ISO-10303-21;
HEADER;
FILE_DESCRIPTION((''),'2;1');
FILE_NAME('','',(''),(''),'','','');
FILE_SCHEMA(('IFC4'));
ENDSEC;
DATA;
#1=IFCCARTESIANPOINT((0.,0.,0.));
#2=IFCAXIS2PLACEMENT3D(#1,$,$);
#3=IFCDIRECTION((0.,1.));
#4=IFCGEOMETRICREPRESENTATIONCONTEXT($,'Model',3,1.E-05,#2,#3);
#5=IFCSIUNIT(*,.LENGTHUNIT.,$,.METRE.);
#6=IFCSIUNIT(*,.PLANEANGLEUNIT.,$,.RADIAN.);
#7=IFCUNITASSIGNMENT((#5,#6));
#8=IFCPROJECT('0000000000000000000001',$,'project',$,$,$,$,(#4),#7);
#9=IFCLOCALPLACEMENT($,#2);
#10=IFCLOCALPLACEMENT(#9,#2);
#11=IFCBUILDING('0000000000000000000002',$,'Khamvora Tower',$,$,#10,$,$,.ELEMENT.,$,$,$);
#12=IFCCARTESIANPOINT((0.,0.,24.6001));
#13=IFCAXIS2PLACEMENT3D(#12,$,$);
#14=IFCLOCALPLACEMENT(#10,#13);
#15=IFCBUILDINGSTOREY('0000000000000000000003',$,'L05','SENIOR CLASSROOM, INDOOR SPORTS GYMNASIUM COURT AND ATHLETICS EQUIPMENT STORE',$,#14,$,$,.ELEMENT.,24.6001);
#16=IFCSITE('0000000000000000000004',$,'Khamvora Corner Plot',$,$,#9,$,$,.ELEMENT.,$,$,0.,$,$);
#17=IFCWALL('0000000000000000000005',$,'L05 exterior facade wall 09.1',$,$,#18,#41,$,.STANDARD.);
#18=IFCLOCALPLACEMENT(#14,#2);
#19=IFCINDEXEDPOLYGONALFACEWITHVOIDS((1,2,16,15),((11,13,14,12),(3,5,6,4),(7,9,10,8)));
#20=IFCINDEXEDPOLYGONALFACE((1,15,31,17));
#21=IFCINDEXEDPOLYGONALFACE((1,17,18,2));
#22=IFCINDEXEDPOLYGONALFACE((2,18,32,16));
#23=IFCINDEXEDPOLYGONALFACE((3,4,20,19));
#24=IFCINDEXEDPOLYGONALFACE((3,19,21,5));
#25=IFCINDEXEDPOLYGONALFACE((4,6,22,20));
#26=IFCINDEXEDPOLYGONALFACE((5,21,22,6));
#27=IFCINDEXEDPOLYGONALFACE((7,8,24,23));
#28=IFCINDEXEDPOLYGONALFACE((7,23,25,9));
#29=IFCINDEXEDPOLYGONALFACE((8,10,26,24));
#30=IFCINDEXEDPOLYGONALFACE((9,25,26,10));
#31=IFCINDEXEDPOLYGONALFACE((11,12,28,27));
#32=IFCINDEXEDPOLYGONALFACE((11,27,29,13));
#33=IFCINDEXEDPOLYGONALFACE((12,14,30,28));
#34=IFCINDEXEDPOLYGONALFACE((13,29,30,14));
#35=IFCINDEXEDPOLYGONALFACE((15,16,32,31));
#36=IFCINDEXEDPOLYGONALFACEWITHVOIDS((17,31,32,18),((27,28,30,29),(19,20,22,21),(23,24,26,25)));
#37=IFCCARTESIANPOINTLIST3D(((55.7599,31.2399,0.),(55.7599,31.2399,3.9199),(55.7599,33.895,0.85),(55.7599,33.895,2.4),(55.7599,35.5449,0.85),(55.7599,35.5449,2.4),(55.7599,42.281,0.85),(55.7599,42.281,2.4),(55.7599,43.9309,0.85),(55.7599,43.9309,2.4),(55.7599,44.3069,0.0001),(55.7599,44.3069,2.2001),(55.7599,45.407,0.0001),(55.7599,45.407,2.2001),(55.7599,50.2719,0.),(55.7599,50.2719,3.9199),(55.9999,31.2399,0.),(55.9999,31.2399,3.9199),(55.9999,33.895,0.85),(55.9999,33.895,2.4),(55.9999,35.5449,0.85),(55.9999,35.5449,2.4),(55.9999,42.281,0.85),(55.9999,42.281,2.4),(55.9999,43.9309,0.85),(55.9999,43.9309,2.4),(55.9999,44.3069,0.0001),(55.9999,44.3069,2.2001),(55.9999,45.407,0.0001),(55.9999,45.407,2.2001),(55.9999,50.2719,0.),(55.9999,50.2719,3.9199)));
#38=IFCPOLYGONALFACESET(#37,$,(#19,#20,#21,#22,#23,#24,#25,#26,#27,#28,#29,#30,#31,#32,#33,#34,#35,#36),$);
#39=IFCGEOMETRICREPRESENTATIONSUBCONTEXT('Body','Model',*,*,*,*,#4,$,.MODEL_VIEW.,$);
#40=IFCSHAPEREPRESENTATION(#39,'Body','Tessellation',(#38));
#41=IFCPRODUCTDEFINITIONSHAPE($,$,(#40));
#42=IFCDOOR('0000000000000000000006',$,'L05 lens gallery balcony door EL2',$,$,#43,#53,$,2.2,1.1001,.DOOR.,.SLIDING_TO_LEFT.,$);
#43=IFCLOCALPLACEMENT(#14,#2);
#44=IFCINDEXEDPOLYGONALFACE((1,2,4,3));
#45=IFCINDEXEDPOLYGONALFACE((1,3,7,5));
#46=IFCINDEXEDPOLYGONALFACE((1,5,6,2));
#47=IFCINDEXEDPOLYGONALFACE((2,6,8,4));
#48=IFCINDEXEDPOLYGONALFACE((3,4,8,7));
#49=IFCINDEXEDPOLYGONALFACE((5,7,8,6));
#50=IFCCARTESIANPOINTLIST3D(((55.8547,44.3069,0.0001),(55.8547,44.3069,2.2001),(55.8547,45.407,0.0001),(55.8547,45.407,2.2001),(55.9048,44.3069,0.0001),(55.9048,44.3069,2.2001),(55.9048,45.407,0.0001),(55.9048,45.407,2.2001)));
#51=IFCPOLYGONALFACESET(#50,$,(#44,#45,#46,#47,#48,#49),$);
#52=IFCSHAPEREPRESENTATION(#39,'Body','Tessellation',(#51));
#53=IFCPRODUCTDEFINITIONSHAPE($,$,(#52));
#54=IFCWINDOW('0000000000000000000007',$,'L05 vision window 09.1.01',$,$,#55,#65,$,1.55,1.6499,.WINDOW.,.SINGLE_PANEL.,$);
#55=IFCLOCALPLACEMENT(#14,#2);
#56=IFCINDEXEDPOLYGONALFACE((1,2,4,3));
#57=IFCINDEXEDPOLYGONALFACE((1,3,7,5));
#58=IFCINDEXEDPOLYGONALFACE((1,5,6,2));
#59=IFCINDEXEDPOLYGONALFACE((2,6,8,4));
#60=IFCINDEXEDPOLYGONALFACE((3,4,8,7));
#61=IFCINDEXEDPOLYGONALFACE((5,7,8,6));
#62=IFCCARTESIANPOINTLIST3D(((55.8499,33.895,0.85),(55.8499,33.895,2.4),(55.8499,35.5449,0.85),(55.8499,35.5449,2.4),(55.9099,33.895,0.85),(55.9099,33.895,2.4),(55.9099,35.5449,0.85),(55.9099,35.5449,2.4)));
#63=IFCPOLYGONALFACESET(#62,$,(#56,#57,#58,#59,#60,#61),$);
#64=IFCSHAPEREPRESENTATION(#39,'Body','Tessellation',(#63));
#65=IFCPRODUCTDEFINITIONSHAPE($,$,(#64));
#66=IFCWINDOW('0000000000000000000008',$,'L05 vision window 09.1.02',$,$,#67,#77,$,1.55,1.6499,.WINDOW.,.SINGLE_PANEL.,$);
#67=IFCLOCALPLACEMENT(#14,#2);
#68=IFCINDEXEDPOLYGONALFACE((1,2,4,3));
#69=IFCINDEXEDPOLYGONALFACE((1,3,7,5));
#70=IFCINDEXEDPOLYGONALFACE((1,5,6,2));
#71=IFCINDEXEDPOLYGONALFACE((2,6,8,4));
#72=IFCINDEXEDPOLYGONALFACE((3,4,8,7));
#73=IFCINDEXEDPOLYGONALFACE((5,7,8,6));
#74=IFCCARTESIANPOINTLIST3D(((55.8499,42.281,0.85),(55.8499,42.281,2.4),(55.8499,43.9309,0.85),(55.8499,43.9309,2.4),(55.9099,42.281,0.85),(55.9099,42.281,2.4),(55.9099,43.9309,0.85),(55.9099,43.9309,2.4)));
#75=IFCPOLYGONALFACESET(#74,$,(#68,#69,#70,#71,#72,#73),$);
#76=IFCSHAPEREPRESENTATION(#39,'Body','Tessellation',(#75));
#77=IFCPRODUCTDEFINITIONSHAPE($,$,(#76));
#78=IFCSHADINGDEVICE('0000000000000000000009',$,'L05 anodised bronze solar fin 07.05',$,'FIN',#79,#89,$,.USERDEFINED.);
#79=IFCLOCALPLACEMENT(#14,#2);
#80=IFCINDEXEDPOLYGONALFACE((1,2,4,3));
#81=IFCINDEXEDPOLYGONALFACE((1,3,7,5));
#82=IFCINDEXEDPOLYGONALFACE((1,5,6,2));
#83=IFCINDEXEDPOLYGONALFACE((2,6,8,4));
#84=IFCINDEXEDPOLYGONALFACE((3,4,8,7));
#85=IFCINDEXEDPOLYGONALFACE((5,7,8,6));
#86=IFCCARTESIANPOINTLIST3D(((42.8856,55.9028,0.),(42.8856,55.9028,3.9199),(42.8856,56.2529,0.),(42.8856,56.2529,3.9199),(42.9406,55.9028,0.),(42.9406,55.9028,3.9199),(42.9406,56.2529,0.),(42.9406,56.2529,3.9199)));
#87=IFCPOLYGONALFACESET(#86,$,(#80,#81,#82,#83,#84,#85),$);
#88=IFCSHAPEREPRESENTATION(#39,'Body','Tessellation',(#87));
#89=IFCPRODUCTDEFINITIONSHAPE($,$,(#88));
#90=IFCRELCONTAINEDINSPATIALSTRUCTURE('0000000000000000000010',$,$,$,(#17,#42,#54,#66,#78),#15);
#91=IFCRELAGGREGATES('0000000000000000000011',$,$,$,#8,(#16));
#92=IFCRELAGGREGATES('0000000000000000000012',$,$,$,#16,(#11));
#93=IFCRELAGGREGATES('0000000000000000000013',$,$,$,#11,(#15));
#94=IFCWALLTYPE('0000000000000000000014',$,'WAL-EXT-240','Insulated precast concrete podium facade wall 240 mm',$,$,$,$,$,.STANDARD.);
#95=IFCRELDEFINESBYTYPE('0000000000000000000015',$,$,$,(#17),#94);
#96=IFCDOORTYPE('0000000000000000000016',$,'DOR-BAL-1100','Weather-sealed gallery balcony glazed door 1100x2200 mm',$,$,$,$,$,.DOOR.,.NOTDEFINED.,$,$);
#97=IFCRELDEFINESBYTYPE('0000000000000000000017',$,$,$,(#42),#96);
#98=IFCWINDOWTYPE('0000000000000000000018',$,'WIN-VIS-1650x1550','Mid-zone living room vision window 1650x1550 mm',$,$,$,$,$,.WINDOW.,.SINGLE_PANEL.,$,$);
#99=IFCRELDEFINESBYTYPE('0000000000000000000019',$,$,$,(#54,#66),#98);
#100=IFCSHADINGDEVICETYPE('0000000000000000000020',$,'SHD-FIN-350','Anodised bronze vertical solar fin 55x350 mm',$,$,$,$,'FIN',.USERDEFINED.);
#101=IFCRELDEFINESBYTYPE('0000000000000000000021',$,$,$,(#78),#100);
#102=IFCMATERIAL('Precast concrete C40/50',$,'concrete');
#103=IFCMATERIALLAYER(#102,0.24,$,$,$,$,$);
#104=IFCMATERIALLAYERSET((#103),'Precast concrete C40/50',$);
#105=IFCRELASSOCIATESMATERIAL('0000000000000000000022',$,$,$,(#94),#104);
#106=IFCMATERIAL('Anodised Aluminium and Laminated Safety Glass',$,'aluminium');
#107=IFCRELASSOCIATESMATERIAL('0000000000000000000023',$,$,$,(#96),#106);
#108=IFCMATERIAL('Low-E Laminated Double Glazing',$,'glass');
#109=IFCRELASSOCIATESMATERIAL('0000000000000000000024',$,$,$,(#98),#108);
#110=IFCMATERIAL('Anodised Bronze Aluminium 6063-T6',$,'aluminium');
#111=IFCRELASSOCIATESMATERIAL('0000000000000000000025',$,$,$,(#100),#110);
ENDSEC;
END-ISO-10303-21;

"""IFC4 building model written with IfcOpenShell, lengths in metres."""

from ifc_helpers import new_model, si_unit, direction, frame, frame_2d, origin, origin_2d, place, context, subcontext, project, spatial, rectangle, extrude, material, layer, layer_set, type_object, element, fill, save


model = new_model("IFC4")

# Units and contexts
model_context = context("Model", 3, precision=1e-05, world=origin(), true_north=direction((0.0, 1.0)))
body_context = subcontext(model_context, "Body", "Model", "MODEL_VIEW")
ifc_project = project(units=[si_unit("LENGTHUNIT", "METRE"), si_unit("PLANEANGLEUNIT", "RADIAN")], contexts=[model_context])

# Site, building, storey
site_placement = place(None, origin())
site = spatial("IfcSite", under=ifc_project, at=site_placement, Name="Khamvora Corner Plot", CompositionType="ELEMENT", RefElevation=0.0)
building_placement = place(site_placement, origin())
building = spatial("IfcBuilding", under=site, at=building_placement, Name="Khamvora Tower", CompositionType="ELEMENT")
storey_placement = place(building_placement, frame((0.0, 0.0, 24.6001)))
storey = spatial("IfcBuildingStorey", under=building, at=storey_placement, Name="L05", Description="SENIOR CLASSROOM, INDOOR SPORTS GYMNASIUM COURT AND ATHLETICS EQUIPMENT STORE", CompositionType="ELEMENT", Elevation=24.6001)

# Shared definitions
ifc_material_1 = material(Name="Low-E Laminated Double Glazing", Category="glass")

# Shared definitions
ifc_material_2 = material(Name="Precast concrete C40/50", Category="concrete")
ifc_layer_1 = layer(ifc_material_2, 0.24)
ifc_layer_set_1 = layer_set([ifc_layer_1], Name="Precast concrete C40/50")
wall_type = type_object("IfcWallType", Name="WAL-EXT-240", Description="Insulated precast concrete podium facade wall 240 mm", PredefinedType="STANDARD", material=ifc_layer_set_1)

# Wall, openings, door, windows
wall_1_placement = place(storey_placement, frame((55.8799, 50.272, 0.0), z_axis=(0.0, 0.0, 1.0), x_axis=(0.0, -1.0, 0.0)))
wall_1 = element("IfcWall", 1, at=wall_1_placement, inside=storey, type_object=wall_type, Name="L05 exterior facade wall 09.1", PredefinedType="STANDARD", context=body_context, shape_type="SweptSolid", body=[
    extrude(rectangle(XDim=19.032, YDim=0.24, at=frame_2d((9.5161, 0.0))), origin(), (0.0, 0.0, 1.0), 3.9199),
])
opening_1_placement = place(wall_1_placement, frame((4.865, 0.0, 0.0)))
opening_1 = element("IfcOpeningElement", 2, at=opening_1_placement, cuts=wall_1, PredefinedType="OPENING", context=body_context, shape_type="SweptSolid", body=[
    extrude(rectangle(XDim=1.1001, YDim=2.2, at=frame_2d((0.55, 1.1001))), frame((0.0, 0.1299, 0.0), z_axis=(0.0, -1.0, 0.0), x_axis=(1.0, 0.0, 0.0)), (0.0, 0.0, 1.0), 0.26),
])
opening_2_placement = place(wall_1_placement, frame((14.7271, 0.0, 0.8501)))
opening_2 = element("IfcOpeningElement", 3, at=opening_2_placement, cuts=wall_1, PredefinedType="OPENING", context=body_context, shape_type="SweptSolid", body=[
    extrude(rectangle(XDim=1.6499, YDim=1.55, at=frame_2d((0.825, 0.7749))), frame((0.0, 0.1299, 0.0), z_axis=(0.0, -1.0, 0.0), x_axis=(1.0, 0.0, 0.0)), (0.0, 0.0, 1.0), 0.26),
])
opening_3_placement = place(wall_1_placement, frame((6.3411, 0.0, 0.8501)))
opening_3 = element("IfcOpeningElement", 4, at=opening_3_placement, cuts=wall_1, PredefinedType="OPENING", context=body_context, shape_type="SweptSolid", body=[
    extrude(rectangle(XDim=1.6499, YDim=1.55, at=frame_2d((0.825, 0.7749))), frame((0.0, 0.1299, 0.0), z_axis=(0.0, -1.0, 0.0), x_axis=(1.0, 0.0, 0.0)), (0.0, 0.0, 1.0), 0.26),
])
ifc_material_3 = material(Name="Anodised Aluminium and Laminated Safety Glass", Category="aluminium")
door_type = type_object("IfcDoorType", Name="DOR-BAL-1100", Description="Weather-sealed gallery balcony glazed door 1100x2200 mm", OperationType="NOTDEFINED", PredefinedType="DOOR", material=ifc_material_3)
door_placement = place(opening_1_placement, origin())
door = element("IfcDoor", 5, at=door_placement, inside=storey, type_object=door_type, Name="L05 lens gallery balcony door EL2", OperationType="SLIDING_TO_LEFT", OverallHeight=2.2, OverallWidth=1.1001, PredefinedType="DOOR", context=body_context, shape_type="SweptSolid", body=[
    extrude(rectangle(XDim=1.1001, YDim=2.2, at=frame_2d((0.55, 1.1001))), frame((0.0, 0.0249, 0.0), z_axis=(0.0, -1.0, 0.0), x_axis=(1.0, 0.0, 0.0)), (0.0, 0.0, 1.0), 0.05),
])
fill(opening_1, door)
window_type = type_object("IfcWindowType", Name="WIN-VIS-1650x1550", Description="Mid-zone living room vision window 1650x1550 mm", PartitioningType="SINGLE_PANEL", PredefinedType="WINDOW", material=ifc_material_1)
window_1_placement = place(opening_2_placement, origin())
window_1 = element("IfcWindow", 6, at=window_1_placement, inside=storey, type_object=window_type, Name="L05 vision window 09.1.01", OverallHeight=1.55, OverallWidth=1.6499, PartitioningType="SINGLE_PANEL", PredefinedType="WINDOW", context=body_context, shape_type="SweptSolid", body=[
    extrude(rectangle(XDim=1.6499, YDim=1.55, at=frame_2d((0.825, 0.7749))), frame((0.0, 0.03, 0.0), z_axis=(0.0, -1.0, 0.0), x_axis=(1.0, 0.0, 0.0)), (0.0, 0.0, 1.0), 0.0601),
])
fill(opening_2, window_1)
window_2_placement = place(opening_3_placement, origin())
window_2 = element("IfcWindow", 7, at=window_2_placement, inside=storey, type_object=window_type, Name="L05 vision window 09.1.02", OverallHeight=1.55, OverallWidth=1.6499, PartitioningType="SINGLE_PANEL", PredefinedType="WINDOW", context=body_context, shape_type="SweptSolid", body=[
    extrude(rectangle(XDim=1.6499, YDim=1.55, at=frame_2d((0.825, 0.7749))), frame((0.0, 0.03, 0.0), z_axis=(0.0, -1.0, 0.0), x_axis=(1.0, 0.0, 0.0)), (0.0, 0.0, 1.0), 0.0601),
])
fill(opening_3, window_2)

# Shading device
ifc_material_4 = material(Name="Anodised Bronze Aluminium 6063-T6", Category="aluminium")
shading_device_type = type_object("IfcShadingDeviceType", Name="SHD-FIN-350", Description="Anodised bronze vertical solar fin 55x350 mm", ElementType="FIN", PredefinedType="USERDEFINED", material=ifc_material_4)
shading_device_placement = place(storey_placement, frame((42.9131, 56.0779, 0.0), z_axis=(0.0, 0.0, 1.0), x_axis=(1.0, 0.0, 0.0)))
element("IfcShadingDevice", 8, at=shading_device_placement, inside=storey, type_object=shading_device_type, Name="L05 anodised bronze solar fin 07.05", ObjectType="FIN", PredefinedType="USERDEFINED", context=body_context, shape_type="SweptSolid", body=[
    extrude(rectangle(XDim=0.0549, YDim=0.3501, at=origin_2d()), origin(), (0.0, 0.0, 1.0), 3.9199),
])

save(model, "model.ifc")
